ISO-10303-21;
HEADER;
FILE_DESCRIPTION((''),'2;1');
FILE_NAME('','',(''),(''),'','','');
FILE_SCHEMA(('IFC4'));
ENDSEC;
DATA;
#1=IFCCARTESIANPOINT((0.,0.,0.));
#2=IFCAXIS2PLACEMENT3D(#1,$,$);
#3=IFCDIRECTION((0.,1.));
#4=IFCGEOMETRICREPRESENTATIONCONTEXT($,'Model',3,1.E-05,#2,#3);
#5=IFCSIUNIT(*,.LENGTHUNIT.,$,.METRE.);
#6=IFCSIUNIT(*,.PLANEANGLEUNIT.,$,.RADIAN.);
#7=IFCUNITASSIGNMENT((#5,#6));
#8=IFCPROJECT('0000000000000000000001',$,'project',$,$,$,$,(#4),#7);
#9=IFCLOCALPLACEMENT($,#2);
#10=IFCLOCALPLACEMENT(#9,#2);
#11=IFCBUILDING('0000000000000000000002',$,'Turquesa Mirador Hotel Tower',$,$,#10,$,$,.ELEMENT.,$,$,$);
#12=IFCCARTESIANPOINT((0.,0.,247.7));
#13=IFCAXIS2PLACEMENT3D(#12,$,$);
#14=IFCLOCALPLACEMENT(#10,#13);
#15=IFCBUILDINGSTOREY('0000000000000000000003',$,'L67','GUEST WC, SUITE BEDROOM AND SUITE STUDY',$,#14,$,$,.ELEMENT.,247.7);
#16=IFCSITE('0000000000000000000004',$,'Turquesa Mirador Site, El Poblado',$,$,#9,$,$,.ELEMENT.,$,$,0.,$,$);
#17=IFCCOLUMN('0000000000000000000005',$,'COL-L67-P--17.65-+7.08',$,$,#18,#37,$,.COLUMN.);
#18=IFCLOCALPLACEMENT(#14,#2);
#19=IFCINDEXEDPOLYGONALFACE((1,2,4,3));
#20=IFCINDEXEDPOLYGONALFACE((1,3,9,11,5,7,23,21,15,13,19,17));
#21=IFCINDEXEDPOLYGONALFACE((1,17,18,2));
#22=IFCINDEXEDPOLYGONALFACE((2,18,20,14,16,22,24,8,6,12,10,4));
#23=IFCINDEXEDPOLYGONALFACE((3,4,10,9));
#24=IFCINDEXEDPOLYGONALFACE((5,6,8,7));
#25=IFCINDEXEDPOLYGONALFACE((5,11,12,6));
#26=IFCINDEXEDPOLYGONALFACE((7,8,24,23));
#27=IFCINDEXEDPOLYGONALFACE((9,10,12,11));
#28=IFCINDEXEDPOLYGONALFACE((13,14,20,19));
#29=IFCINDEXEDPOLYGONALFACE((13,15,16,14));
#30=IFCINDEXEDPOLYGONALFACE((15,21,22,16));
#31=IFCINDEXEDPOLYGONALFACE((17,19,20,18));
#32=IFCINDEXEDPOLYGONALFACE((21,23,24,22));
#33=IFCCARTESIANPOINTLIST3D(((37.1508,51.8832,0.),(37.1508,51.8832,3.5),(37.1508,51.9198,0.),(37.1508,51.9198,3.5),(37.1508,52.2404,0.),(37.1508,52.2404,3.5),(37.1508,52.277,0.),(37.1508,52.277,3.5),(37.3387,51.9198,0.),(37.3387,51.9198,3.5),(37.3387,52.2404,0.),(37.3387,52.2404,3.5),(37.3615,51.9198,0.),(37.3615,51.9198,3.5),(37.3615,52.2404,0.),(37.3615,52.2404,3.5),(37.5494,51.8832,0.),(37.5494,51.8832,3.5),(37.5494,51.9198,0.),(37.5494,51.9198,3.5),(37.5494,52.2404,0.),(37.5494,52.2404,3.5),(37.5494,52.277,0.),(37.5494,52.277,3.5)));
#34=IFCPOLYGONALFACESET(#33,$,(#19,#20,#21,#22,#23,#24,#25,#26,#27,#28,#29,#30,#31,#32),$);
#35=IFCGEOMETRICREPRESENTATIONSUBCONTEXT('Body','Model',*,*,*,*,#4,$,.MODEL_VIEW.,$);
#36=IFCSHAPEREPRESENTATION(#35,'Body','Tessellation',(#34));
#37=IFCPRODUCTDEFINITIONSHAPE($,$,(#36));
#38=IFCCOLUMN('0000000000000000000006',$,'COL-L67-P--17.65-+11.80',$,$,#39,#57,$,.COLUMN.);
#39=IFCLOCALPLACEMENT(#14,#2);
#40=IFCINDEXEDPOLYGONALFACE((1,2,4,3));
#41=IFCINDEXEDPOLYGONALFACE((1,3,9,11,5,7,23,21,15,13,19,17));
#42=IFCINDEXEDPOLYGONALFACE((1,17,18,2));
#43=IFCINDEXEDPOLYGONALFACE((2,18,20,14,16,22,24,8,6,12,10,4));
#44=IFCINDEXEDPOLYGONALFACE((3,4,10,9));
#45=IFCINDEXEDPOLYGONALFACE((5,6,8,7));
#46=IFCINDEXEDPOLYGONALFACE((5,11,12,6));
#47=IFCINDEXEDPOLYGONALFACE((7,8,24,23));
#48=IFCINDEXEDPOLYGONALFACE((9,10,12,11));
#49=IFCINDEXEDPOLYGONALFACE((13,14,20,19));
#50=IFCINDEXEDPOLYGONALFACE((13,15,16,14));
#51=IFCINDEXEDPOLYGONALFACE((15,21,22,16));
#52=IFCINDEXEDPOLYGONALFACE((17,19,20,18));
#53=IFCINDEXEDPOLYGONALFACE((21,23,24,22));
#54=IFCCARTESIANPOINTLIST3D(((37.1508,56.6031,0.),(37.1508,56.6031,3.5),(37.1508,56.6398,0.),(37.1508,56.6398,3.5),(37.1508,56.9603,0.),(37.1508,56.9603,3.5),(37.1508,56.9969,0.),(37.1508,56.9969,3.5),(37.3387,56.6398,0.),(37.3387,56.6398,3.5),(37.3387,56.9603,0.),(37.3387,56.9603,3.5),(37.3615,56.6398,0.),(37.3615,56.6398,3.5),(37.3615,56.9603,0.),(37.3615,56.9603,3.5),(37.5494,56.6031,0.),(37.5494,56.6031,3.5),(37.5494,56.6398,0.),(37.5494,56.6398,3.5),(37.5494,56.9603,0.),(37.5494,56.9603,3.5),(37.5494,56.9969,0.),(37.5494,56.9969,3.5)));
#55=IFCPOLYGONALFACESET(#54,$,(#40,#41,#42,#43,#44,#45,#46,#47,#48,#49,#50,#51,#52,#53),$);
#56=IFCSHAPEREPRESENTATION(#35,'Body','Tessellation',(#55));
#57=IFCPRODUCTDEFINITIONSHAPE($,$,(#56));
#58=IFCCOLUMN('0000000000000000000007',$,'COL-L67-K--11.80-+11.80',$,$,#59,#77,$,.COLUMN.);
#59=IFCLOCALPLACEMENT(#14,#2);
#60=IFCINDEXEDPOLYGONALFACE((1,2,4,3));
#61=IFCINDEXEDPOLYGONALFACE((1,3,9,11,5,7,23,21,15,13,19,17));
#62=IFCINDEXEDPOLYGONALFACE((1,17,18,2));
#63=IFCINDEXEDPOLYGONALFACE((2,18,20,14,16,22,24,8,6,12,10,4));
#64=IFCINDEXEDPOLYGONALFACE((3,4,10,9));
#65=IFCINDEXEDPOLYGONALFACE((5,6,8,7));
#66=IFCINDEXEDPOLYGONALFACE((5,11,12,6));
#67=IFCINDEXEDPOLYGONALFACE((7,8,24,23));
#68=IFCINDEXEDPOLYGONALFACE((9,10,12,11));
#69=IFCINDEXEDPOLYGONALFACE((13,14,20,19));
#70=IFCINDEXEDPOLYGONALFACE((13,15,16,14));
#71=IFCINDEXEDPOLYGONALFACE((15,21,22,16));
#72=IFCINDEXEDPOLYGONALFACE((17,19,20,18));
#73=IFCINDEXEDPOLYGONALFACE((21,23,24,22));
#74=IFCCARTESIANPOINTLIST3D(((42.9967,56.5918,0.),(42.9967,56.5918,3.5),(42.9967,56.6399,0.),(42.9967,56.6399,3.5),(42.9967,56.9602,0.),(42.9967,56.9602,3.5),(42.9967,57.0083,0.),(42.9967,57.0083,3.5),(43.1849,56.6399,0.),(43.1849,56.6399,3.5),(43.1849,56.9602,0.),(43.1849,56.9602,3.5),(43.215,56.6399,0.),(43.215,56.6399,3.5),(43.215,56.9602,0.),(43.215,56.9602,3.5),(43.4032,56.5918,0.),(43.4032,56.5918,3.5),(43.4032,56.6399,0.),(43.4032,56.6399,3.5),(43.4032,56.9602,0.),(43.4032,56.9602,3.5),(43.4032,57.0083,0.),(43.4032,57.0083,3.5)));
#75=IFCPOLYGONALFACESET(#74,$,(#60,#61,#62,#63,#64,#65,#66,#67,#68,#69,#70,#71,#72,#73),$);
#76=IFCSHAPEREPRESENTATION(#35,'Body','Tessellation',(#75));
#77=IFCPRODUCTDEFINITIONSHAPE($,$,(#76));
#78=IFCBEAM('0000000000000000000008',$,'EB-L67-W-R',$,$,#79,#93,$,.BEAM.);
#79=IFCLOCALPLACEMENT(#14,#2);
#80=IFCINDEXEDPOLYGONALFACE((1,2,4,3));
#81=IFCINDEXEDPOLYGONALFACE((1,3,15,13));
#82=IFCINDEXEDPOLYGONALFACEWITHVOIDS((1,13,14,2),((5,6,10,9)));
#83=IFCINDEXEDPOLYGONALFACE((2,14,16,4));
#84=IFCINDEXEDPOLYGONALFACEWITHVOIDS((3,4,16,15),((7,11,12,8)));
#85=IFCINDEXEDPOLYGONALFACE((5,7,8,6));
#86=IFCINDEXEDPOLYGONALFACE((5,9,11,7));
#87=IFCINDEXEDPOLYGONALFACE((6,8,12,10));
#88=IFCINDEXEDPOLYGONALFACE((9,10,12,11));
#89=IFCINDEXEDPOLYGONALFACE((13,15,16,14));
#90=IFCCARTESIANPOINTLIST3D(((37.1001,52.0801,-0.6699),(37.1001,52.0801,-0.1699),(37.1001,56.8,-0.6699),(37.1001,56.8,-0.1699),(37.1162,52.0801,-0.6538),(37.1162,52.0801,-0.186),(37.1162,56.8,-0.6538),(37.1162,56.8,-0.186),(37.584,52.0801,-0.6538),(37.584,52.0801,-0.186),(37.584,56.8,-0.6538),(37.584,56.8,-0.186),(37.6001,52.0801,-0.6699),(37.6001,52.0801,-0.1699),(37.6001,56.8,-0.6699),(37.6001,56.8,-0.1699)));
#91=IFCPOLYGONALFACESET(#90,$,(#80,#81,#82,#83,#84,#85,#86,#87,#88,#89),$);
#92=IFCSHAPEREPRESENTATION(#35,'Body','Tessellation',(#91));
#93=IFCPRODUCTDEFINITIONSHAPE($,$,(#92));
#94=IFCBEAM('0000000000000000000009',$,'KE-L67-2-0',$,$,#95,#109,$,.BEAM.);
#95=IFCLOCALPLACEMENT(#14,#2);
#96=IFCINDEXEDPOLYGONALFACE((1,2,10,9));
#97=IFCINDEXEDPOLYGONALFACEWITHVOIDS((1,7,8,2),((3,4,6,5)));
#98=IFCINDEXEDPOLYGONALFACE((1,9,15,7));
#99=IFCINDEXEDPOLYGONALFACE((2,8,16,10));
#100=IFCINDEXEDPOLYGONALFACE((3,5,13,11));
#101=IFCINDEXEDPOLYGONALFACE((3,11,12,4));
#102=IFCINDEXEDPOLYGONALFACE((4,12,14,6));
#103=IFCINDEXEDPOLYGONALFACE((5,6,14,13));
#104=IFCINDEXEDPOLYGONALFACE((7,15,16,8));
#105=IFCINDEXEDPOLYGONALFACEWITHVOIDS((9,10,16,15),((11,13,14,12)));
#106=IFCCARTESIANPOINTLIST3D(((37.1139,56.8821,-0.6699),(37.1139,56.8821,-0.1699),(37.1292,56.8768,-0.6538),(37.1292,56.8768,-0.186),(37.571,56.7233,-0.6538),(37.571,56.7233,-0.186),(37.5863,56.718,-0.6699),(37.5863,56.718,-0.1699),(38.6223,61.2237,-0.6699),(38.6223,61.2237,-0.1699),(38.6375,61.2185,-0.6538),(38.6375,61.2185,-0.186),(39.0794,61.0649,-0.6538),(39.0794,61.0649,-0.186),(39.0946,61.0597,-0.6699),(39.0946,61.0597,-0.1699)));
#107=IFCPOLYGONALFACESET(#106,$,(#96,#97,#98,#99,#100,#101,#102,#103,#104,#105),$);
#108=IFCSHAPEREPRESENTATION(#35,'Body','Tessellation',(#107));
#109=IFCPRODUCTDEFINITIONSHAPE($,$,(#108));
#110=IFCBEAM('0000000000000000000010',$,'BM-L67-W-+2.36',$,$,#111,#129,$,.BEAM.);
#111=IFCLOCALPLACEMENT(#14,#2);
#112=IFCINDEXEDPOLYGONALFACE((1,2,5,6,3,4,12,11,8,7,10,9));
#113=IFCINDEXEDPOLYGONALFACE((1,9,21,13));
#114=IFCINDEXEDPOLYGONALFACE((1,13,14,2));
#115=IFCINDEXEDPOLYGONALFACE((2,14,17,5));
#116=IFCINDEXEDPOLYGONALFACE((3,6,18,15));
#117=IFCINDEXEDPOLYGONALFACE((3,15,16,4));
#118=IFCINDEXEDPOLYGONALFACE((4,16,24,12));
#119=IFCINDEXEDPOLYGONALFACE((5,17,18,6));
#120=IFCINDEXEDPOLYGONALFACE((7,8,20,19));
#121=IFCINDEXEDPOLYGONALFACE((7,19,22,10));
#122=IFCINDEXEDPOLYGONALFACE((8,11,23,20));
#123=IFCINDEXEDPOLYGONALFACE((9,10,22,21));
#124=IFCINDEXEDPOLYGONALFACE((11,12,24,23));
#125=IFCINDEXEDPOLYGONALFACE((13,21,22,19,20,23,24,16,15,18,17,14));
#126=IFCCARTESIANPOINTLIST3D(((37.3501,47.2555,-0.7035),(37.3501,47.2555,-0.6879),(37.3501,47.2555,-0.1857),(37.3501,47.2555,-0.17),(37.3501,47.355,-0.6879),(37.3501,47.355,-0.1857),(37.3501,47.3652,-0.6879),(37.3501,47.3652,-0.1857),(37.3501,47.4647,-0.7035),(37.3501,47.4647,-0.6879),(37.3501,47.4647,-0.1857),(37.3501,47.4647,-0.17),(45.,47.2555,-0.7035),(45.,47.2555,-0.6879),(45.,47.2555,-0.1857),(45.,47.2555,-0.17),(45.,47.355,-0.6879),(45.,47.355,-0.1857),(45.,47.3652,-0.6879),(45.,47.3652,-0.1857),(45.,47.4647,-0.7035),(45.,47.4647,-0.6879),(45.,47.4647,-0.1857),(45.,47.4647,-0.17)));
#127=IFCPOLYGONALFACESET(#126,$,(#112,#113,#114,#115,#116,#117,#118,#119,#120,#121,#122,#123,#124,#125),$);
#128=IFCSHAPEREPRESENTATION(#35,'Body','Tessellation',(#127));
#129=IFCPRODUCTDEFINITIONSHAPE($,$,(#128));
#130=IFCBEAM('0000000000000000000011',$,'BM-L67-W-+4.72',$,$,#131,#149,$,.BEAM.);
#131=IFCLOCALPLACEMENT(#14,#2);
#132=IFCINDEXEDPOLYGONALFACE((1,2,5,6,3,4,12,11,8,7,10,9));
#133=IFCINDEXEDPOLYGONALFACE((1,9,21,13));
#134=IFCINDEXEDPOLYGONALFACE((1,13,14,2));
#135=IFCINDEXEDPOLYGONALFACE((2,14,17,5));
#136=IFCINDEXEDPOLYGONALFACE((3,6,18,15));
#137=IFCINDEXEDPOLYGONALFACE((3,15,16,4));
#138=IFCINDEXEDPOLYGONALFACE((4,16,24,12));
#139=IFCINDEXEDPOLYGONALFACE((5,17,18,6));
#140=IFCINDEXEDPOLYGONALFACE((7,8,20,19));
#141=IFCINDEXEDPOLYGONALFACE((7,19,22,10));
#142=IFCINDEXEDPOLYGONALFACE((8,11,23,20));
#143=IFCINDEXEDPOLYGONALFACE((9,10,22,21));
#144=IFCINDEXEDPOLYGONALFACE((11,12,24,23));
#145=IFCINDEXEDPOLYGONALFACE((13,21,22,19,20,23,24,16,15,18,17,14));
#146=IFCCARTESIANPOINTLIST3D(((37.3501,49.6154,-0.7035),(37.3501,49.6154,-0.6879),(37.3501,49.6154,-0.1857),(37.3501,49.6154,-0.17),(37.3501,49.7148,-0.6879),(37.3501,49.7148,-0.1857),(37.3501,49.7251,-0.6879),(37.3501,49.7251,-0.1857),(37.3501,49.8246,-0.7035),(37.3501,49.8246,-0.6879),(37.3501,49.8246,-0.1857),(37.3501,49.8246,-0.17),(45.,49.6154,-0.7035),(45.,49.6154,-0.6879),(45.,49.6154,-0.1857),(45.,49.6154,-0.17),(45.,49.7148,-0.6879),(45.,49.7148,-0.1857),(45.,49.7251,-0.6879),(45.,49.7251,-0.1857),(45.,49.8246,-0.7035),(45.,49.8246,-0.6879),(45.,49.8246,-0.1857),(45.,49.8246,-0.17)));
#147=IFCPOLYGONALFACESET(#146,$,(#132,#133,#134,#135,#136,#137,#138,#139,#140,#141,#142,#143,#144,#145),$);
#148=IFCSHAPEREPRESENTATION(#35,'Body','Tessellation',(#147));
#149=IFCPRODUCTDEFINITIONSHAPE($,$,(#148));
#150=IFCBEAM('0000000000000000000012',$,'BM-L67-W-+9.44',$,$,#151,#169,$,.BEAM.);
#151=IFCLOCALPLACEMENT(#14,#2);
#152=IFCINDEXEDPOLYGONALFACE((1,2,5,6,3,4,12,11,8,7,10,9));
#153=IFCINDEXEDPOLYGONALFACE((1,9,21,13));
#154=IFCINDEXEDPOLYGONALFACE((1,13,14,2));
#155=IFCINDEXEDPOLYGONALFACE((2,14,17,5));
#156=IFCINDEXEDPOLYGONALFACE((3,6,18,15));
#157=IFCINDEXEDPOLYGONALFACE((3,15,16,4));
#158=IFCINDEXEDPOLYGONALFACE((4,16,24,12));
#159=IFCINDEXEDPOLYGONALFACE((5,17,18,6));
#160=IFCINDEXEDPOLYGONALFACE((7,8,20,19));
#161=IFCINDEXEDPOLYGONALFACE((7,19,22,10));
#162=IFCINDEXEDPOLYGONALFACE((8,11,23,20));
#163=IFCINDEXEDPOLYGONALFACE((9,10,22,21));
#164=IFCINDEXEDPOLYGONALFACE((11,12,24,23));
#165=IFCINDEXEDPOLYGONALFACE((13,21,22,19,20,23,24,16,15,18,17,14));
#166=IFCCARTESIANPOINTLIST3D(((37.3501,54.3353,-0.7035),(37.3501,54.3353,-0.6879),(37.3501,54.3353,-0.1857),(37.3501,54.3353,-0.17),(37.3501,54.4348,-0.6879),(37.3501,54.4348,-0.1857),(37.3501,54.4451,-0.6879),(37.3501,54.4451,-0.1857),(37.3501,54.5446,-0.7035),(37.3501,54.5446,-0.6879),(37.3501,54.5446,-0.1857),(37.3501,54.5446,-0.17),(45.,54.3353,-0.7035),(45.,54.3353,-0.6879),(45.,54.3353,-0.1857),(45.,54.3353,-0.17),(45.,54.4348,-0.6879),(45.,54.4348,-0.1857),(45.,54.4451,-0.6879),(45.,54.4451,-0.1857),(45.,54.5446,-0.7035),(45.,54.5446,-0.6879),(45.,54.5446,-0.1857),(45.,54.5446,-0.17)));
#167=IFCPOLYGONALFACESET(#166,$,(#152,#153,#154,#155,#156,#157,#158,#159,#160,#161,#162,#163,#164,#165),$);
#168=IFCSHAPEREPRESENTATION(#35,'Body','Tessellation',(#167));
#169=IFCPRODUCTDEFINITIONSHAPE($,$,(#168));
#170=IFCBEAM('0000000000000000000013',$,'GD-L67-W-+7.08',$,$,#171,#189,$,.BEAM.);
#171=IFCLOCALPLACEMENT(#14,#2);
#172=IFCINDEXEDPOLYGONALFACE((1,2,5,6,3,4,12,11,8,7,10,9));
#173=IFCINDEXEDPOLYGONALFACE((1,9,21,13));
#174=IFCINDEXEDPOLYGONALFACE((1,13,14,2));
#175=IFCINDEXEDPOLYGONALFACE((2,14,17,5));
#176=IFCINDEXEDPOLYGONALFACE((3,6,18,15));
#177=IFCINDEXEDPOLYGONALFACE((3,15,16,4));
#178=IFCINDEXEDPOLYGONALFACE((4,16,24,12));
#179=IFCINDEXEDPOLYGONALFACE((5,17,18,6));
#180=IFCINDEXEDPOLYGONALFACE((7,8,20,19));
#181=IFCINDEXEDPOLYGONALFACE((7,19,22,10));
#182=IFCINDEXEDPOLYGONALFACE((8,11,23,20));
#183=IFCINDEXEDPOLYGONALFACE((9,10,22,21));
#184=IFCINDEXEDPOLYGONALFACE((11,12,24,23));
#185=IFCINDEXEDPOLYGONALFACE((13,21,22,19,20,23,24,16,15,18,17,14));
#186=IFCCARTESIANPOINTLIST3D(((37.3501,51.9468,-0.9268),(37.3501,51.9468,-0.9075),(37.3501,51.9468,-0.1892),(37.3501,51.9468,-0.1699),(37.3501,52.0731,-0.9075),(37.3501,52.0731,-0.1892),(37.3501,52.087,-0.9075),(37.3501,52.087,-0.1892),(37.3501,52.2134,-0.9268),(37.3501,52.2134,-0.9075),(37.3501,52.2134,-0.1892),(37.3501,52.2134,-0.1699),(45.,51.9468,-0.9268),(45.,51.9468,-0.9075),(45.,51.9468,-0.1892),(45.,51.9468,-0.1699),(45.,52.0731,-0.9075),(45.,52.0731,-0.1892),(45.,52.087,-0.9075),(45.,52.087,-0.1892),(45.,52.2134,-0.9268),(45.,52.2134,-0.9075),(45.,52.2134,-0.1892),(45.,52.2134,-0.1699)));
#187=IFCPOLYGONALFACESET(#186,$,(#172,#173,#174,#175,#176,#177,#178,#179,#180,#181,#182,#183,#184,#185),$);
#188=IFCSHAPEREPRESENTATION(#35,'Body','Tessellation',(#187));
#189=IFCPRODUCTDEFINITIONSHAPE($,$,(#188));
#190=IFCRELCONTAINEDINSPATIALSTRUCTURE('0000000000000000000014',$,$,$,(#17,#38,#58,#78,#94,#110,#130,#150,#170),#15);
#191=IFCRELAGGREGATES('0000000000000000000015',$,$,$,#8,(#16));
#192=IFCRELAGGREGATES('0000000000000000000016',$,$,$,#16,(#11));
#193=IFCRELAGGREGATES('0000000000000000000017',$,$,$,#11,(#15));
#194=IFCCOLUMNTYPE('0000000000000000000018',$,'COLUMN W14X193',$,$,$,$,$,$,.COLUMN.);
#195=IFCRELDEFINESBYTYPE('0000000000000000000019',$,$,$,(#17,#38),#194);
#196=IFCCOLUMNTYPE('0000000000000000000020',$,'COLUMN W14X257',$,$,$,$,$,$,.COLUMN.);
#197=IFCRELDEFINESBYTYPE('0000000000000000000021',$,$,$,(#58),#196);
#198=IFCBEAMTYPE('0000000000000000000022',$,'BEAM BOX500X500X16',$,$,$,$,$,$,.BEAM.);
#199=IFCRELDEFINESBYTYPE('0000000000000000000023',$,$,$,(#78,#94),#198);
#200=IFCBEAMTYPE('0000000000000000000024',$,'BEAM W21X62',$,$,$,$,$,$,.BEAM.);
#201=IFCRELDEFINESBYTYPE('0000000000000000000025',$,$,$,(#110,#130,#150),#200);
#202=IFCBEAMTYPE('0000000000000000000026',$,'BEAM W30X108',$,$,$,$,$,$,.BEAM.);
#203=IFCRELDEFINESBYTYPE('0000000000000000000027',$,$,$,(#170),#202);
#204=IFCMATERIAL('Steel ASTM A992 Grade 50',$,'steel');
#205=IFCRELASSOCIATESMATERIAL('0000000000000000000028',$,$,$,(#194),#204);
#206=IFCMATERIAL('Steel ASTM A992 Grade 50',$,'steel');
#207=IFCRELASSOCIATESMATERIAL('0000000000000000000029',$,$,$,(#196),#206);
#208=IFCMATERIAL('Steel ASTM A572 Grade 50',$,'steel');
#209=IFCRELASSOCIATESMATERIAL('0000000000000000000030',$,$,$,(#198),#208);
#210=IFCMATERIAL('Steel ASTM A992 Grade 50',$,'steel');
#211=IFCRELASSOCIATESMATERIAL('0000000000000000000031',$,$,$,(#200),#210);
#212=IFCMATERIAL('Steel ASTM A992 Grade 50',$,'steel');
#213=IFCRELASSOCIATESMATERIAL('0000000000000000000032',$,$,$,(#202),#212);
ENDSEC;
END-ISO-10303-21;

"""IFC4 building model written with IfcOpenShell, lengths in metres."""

from ifc_helpers import new_model, si_unit, direction, frame, origin, origin_2d, place, context, subcontext, project, spatial, hollow_rectangle, i_section, extrude, material, material_profile, profile_set, type_object, element, save


model = new_model("IFC4")

# Units and contexts
model_context = context("Model", 3, precision=1e-05, world=origin(), true_north=direction((0.0, 1.0)))
body_context = subcontext(model_context, "Body", "Model", "MODEL_VIEW")
ifc_project = project(units=[si_unit("LENGTHUNIT", "METRE"), si_unit("PLANEANGLEUNIT", "RADIAN")], contexts=[model_context])

# Site, building, storey
site_placement = place(None, origin())
site = spatial("IfcSite", under=ifc_project, at=site_placement, Name="Turquesa Mirador Site, El Poblado", CompositionType="ELEMENT", RefElevation=0.0)
building_placement = place(site_placement, origin())
building = spatial("IfcBuilding", under=site, at=building_placement, Name="Turquesa Mirador Hotel Tower", CompositionType="ELEMENT")
storey_placement = place(building_placement, frame((0.0, 0.0, 247.7)))
storey = spatial("IfcBuildingStorey", under=building, at=storey_placement, Name="L67", Description="GUEST WC, SUITE BEDROOM AND SUITE STUDY", CompositionType="ELEMENT", Elevation=247.7)

# Columns
ifc_material_1 = material(Name="Steel ASTM A992 Grade 50", Category="steel")
ifc_material_profile_1 = material_profile(ifc_material_1, i_section(OverallWidth=0.3987, OverallDepth=0.3938, WebThickness=0.0227, FlangeThickness=0.0366, at=origin_2d()), Name="W14X193")
ifc_profile_set_1 = profile_set([ifc_material_profile_1], Name="Steel ASTM A992 Grade 50")
column_type_1 = type_object("IfcColumnType", Name="COLUMN W14X193", PredefinedType="COLUMN", material=ifc_profile_set_1)
for number, where, z_axis, x_axis, name in (
    (1, (37.3501, 52.0801, 0.0), (0.0, 0.0, 1.0), (1.0, 0.0, 0.0), "COL-L67-P--17.65-+7.08"),
    (2, (37.3501, 56.8, 0.0), (0.0, 0.0, 1.0), (1.0, 0.0, 0.0), "COL-L67-P--17.65-+11.80"),
):
    element("IfcColumn", number, at=place(storey_placement, frame(where, z_axis=z_axis, x_axis=x_axis)), inside=storey, type_object=column_type_1, Name=name, PredefinedType="COLUMN", context=body_context, shape_type="SweptSolid", body=[
        extrude(i_section(OverallWidth=0.3987, OverallDepth=0.3938, WebThickness=0.0227, FlangeThickness=0.0366, at=origin_2d()), origin(), (0.0, 0.0, 1.0), 3.5),
    ])
ifc_material_2 = material(Name="Steel ASTM A992 Grade 50", Category="steel")
ifc_material_profile_2 = material_profile(ifc_material_2, i_section(OverallWidth=0.4065, OverallDepth=0.4165, WebThickness=0.03, FlangeThickness=0.0481, at=origin_2d()), Name="W14X257")
ifc_profile_set_2 = profile_set([ifc_material_profile_2], Name="Steel ASTM A992 Grade 50")
column_type_2 = type_object("IfcColumnType", Name="COLUMN W14X257", PredefinedType="COLUMN", material=ifc_profile_set_2)
column_placement = place(storey_placement, frame((43.2, 56.8, 0.0), z_axis=(0.0, 0.0, 1.0), x_axis=(1.0, 0.0, 0.0)))
element("IfcColumn", 3, at=column_placement, inside=storey, type_object=column_type_2, Name="COL-L67-K--11.80-+11.80", PredefinedType="COLUMN", context=body_context, shape_type="SweptSolid", body=[
    extrude(i_section(OverallWidth=0.4065, OverallDepth=0.4165, WebThickness=0.03, FlangeThickness=0.0481, at=origin_2d()), origin(), (0.0, 0.0, 1.0), 3.5),
])

# Beams
ifc_material_3 = material(Name="Steel ASTM A572 Grade 50", Category="steel")
ifc_material_profile_3 = material_profile(ifc_material_3, hollow_rectangle(XDim=0.5, YDim=0.5, WallThickness=0.0161, at=origin_2d()), Name="BOX500X500X16")
ifc_profile_set_3 = profile_set([ifc_material_profile_3], Name="Steel ASTM A572 Grade 50")
beam_type_1 = type_object("IfcBeamType", Name="BEAM BOX500X500X16", PredefinedType="BEAM", material=ifc_profile_set_3)
beam_1_placement = place(storey_placement, frame((37.3501, 52.0801, -0.4199), z_axis=(0.0, 1.0, 0.0), x_axis=(-1.0, 0.0, 0.0)))
element("IfcBeam", 4, at=beam_1_placement, inside=storey, type_object=beam_type_1, Name="EB-L67-W-R", PredefinedType="BEAM", context=body_context, shape_type="SweptSolid", body=[
    extrude(hollow_rectangle(XDim=0.5, YDim=0.5, WallThickness=0.0161, at=origin_2d()), origin(), (0.0, 0.0, 1.0), 4.72),
])
beam_2_placement = place(storey_placement, frame((37.3501, 56.8, -0.4199), z_axis=(0.32817, 0.944619, 0.0), x_axis=(-0.944619, 0.32817, 0.0)))
element("IfcBeam", 5, at=beam_2_placement, inside=storey, type_object=beam_type_1, Name="KE-L67-2-0", PredefinedType="BEAM", context=body_context, shape_type="SweptSolid", body=[
    extrude(hollow_rectangle(XDim=0.5, YDim=0.5, WallThickness=0.0161, at=origin_2d()), origin(), (0.0, 0.0, 1.0), 4.5962),
])
ifc_material_4 = material(Name="Steel ASTM A992 Grade 50", Category="steel")
ifc_material_profile_4 = material_profile(ifc_material_4, i_section(OverallWidth=0.2092, OverallDepth=0.5334, WebThickness=0.0103, FlangeThickness=0.0156, at=origin_2d()), Name="W21X62")
ifc_profile_set_4 = profile_set([ifc_material_profile_4], Name="Steel ASTM A992 Grade 50")
beam_type_2 = type_object("IfcBeamType", Name="BEAM W21X62", PredefinedType="BEAM", material=ifc_profile_set_4)
for number, where, z_axis, x_axis, name in (
    (6, (37.3501, 47.3601, -0.4368), (1.0, 0.0, 0.0), (0.0, 1.0, 0.0), "BM-L67-W-+2.36"),
    (7, (37.3501, 49.72, -0.4368), (1.0, 0.0, 0.0), (0.0, 1.0, 0.0), "BM-L67-W-+4.72"),
    (8, (37.3501, 54.4399, -0.4368), (1.0, 0.0, 0.0), (0.0, 1.0, 0.0), "BM-L67-W-+9.44"),
):
    element("IfcBeam", number, at=place(storey_placement, frame(where, z_axis=z_axis, x_axis=x_axis)), inside=storey, type_object=beam_type_2, Name=name, PredefinedType="BEAM", context=body_context, shape_type="SweptSolid", body=[
        extrude(i_section(OverallWidth=0.2092, OverallDepth=0.5334, WebThickness=0.0103, FlangeThickness=0.0156, at=origin_2d()), origin(), (0.0, 0.0, 1.0), 7.6499),
    ])
ifc_material_5 = material(Name="Steel ASTM A992 Grade 50", Category="steel")
ifc_material_profile_5 = material_profile(ifc_material_5, i_section(OverallWidth=0.2666, OverallDepth=0.7568, WebThickness=0.0139, FlangeThickness=0.0193, at=origin_2d()), Name="W30X108")
ifc_profile_set_5 = profile_set([ifc_material_profile_5], Name="Steel ASTM A992 Grade 50")
beam_type_3 = type_object("IfcBeamType", Name="BEAM W30X108", PredefinedType="BEAM", material=ifc_profile_set_5)
beam_3_placement = place(storey_placement, frame((37.3501, 52.0801, -0.5483), z_axis=(1.0, 0.0, 0.0), x_axis=(0.0, 1.0, 0.0)))
element("IfcBeam", 9, at=beam_3_placement, inside=storey, type_object=beam_type_3, Name="GD-L67-W-+7.08", PredefinedType="BEAM", context=body_context, shape_type="SweptSolid", body=[
    extrude(i_section(OverallWidth=0.2666, OverallDepth=0.7568, WebThickness=0.0139, FlangeThickness=0.0193, at=origin_2d()), origin(), (0.0, 0.0, 1.0), 7.6499),
])

save(model, "model.ifc")
